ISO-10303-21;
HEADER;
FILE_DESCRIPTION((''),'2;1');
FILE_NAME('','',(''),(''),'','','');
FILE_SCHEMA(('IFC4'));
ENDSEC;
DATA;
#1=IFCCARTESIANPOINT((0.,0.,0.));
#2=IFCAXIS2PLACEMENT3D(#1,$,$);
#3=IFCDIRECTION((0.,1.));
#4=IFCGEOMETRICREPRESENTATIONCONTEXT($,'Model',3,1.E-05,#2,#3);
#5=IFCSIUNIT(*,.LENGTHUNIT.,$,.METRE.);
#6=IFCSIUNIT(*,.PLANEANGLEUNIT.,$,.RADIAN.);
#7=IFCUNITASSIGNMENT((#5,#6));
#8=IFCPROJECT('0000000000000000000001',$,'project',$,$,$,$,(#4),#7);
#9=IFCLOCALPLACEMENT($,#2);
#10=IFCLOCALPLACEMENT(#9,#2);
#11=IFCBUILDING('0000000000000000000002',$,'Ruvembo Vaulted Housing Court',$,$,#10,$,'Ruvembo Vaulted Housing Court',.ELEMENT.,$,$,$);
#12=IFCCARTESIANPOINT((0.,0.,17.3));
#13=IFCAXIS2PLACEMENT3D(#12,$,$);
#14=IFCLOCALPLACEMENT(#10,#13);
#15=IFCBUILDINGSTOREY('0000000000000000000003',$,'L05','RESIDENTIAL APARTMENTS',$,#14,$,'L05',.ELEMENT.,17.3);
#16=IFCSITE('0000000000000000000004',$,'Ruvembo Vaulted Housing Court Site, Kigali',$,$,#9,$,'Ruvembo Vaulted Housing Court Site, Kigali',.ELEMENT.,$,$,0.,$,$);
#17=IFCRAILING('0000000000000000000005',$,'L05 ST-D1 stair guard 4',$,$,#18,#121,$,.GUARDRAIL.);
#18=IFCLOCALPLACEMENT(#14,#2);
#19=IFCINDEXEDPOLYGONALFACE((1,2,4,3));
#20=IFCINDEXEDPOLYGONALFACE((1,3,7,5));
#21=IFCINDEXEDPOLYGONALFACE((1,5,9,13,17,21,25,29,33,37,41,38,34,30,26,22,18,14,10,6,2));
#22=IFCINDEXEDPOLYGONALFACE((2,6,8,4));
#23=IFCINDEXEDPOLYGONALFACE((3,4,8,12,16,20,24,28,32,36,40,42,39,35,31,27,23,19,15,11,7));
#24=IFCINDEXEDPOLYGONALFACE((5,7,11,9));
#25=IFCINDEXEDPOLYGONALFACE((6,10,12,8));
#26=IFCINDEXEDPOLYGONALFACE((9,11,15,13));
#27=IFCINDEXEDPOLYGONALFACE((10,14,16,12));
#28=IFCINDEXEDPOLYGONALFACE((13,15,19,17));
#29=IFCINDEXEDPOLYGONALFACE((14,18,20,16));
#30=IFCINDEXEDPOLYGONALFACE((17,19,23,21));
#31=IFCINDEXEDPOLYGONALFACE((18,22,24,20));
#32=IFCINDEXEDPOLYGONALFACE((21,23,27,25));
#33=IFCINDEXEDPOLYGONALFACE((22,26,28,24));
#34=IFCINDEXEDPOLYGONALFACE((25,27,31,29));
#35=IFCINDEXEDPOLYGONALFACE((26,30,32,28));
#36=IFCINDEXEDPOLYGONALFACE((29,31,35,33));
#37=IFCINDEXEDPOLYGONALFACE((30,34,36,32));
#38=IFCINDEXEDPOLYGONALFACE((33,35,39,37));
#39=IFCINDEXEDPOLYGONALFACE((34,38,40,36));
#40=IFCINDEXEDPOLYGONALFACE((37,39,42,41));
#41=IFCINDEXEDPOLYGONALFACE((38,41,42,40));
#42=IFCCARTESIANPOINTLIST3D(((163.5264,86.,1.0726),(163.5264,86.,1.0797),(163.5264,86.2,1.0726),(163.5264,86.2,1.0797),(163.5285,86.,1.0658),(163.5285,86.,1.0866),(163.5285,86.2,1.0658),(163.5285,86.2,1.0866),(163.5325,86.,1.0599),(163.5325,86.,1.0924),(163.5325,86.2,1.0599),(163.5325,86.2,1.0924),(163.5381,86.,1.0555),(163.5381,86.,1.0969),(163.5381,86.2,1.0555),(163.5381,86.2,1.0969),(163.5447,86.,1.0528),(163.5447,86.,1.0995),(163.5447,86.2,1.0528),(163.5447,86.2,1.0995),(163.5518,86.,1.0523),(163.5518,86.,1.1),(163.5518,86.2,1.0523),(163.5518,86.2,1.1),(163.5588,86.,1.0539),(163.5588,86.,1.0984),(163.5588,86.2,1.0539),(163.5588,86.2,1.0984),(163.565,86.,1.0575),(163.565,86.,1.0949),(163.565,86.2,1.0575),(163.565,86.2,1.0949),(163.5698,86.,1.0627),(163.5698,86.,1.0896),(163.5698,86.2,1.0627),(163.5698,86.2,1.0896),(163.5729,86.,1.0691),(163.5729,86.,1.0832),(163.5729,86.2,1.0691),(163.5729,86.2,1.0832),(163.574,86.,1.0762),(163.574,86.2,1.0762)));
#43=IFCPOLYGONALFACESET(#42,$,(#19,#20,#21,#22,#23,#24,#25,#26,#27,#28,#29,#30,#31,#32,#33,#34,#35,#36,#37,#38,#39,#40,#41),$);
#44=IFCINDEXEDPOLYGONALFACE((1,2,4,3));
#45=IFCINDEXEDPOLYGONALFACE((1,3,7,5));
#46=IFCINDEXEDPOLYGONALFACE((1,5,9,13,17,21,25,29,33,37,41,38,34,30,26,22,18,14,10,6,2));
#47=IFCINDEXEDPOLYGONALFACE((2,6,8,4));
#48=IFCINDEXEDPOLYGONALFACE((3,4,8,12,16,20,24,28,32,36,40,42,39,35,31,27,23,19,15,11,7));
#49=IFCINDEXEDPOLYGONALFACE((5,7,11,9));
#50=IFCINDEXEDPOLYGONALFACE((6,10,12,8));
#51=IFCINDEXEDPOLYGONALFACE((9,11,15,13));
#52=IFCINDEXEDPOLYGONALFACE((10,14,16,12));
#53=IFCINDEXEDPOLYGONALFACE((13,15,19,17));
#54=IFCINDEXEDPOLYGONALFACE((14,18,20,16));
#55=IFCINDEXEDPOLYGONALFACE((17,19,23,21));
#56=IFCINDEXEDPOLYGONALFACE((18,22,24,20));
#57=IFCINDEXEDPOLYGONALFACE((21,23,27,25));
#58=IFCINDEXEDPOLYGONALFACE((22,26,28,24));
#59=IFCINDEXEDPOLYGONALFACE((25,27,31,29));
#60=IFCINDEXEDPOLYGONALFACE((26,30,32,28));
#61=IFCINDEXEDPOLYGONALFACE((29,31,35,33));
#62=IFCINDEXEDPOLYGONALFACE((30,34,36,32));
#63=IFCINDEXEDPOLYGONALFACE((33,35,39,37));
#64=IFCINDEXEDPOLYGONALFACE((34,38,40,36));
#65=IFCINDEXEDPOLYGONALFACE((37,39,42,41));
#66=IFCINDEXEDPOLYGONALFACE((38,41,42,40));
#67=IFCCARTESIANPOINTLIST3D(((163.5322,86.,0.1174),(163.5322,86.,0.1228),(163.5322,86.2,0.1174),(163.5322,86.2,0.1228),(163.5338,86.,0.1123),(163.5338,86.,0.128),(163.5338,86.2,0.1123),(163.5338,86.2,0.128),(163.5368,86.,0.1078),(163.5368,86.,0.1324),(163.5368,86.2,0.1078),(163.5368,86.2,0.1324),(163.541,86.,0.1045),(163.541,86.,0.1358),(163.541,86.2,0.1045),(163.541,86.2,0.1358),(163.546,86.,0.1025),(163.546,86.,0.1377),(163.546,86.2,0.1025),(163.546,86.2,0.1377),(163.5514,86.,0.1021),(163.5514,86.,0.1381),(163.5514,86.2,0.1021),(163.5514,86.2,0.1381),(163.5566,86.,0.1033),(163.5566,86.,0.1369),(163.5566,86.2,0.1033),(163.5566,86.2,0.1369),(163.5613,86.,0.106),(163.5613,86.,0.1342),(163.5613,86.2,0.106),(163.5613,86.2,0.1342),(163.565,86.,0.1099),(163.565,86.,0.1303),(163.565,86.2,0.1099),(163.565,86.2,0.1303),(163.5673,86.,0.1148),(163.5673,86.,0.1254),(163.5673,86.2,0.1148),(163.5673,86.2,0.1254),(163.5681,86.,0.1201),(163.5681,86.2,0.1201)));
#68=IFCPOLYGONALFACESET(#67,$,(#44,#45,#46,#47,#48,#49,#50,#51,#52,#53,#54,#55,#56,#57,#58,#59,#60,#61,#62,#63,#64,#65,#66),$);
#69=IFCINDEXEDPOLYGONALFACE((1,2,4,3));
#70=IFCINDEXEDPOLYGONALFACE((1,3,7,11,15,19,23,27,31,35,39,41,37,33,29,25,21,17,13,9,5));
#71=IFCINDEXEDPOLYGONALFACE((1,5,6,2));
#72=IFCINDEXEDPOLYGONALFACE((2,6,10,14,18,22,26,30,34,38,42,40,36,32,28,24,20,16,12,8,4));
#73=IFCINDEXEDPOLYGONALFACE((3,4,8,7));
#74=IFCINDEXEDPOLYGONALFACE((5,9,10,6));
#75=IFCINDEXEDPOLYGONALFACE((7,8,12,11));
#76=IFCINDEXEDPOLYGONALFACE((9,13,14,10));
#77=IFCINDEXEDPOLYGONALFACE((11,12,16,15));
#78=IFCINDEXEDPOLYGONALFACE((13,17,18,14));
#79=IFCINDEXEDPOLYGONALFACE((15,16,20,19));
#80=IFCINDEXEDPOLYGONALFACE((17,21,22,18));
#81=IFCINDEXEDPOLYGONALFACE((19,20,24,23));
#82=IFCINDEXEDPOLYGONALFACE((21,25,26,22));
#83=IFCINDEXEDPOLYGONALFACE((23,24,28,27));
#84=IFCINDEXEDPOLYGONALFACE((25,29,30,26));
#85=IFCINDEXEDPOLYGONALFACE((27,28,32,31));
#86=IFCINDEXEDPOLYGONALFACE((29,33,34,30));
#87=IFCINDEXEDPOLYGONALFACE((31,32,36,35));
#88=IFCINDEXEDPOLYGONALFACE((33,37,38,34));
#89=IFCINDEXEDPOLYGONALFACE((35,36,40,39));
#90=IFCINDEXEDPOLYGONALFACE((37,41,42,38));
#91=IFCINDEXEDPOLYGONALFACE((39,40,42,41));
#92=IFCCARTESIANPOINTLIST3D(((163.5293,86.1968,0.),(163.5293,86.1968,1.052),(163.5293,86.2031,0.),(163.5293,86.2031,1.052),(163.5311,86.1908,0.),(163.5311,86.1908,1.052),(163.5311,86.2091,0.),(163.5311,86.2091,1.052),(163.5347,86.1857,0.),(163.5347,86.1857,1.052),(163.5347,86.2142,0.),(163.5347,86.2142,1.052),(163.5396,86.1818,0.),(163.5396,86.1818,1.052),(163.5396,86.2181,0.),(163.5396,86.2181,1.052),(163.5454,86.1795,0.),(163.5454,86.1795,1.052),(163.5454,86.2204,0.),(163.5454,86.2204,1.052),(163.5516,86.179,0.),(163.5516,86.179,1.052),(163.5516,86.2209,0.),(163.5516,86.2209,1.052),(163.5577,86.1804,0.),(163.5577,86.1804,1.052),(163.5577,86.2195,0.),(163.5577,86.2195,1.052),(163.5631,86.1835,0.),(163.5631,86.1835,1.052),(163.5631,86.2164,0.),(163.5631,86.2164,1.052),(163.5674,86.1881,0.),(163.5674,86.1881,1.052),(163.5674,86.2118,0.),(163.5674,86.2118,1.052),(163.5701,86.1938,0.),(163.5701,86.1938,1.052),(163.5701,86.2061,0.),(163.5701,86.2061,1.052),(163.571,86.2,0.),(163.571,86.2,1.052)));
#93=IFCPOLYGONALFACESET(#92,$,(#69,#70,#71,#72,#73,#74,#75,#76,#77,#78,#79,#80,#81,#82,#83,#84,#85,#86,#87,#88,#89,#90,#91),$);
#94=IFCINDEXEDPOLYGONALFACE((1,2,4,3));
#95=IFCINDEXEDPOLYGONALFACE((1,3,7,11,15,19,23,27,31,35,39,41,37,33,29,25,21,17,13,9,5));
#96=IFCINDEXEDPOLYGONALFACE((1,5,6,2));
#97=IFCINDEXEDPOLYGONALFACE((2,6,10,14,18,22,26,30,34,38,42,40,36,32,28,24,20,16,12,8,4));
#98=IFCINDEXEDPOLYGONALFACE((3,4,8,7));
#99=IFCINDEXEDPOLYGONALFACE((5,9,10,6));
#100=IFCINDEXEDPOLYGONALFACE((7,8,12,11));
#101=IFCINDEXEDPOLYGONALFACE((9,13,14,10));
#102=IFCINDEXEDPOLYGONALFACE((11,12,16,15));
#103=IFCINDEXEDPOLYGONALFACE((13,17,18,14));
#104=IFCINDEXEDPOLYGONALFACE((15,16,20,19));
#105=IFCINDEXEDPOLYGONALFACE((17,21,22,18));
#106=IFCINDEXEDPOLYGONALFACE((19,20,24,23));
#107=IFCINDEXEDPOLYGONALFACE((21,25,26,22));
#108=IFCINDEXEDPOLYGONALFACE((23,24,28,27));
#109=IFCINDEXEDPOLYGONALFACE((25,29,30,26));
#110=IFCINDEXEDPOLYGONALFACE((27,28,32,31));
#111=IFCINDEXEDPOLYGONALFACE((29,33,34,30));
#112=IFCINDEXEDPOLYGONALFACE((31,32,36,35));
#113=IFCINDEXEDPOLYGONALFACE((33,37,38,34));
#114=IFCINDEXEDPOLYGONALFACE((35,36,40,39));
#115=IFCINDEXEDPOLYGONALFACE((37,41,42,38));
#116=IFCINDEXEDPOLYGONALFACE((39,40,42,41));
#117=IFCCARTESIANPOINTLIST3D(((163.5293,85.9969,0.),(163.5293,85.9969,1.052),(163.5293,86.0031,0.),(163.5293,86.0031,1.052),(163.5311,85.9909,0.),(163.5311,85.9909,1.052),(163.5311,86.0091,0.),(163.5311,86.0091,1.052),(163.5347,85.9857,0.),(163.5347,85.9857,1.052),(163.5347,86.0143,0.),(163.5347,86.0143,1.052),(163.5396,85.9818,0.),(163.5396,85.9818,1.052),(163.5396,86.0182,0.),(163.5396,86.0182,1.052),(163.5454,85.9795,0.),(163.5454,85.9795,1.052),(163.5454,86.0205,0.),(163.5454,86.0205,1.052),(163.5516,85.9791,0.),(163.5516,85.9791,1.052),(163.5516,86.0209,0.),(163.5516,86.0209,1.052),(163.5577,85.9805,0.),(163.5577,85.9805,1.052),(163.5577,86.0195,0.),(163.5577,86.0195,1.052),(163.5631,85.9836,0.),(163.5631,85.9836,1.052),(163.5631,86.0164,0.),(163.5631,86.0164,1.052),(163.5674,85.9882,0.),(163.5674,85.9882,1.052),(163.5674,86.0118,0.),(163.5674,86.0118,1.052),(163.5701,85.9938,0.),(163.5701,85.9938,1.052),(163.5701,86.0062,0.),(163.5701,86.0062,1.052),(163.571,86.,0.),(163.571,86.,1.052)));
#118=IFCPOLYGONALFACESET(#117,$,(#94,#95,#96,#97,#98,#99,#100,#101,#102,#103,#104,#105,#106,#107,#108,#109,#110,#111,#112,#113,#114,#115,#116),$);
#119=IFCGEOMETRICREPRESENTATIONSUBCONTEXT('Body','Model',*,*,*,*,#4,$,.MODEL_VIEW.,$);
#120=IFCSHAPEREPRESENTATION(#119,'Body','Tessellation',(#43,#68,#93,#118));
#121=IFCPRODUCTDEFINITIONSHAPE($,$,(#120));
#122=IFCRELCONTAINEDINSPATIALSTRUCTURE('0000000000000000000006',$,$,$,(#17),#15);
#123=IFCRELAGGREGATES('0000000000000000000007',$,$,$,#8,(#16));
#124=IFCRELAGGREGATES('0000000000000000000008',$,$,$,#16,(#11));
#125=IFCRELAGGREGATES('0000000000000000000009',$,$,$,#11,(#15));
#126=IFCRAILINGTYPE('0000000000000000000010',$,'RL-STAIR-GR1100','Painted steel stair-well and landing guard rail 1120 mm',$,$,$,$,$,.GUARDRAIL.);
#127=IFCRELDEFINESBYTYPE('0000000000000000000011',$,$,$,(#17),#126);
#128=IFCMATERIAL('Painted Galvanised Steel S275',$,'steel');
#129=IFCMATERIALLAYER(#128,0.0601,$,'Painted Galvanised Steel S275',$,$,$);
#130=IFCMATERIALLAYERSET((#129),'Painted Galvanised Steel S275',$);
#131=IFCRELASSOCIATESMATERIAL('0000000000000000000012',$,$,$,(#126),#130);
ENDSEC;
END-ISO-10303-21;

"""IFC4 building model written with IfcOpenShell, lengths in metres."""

from ifc_helpers import new_model, si_unit, direction, frame, origin, origin_2d, place, context, subcontext, project, spatial, circle, extrude, material, layer, layer_set, type_object, element, save


model = new_model("IFC4")

# Units and contexts
model_context = context("Model", 3, precision=1e-05, world=origin(), true_north=direction((0.0, 1.0)))
body_context = subcontext(model_context, "Body", "Model", "MODEL_VIEW")
ifc_project = project(units=[si_unit("LENGTHUNIT", "METRE"), si_unit("PLANEANGLEUNIT", "RADIAN")], contexts=[model_context])

# Site, building, storey
site_placement = place(None, origin())
site = spatial("IfcSite", under=ifc_project, at=site_placement, Name="Ruvembo Vaulted Housing Court Site, Kigali", LongName="Ruvembo Vaulted Housing Court Site, Kigali", CompositionType="ELEMENT", RefElevation=0.0)
building_placement = place(site_placement, origin())
building = spatial("IfcBuilding", under=site, at=building_placement, Name="Ruvembo Vaulted Housing Court", LongName="Ruvembo Vaulted Housing Court", CompositionType="ELEMENT")
storey_placement = place(building_placement, frame((0.0, 0.0, 17.3)))
storey = spatial("IfcBuildingStorey", under=building, at=storey_placement, Name="L05", Description="RESIDENTIAL APARTMENTS", LongName="L05", CompositionType="ELEMENT", Elevation=17.3)

# Railing
ifc_material_1 = material(Name="Painted Galvanised Steel S275", Category="steel")
ifc_layer_1 = layer(ifc_material_1, 0.0601, Name="Painted Galvanised Steel S275")
ifc_layer_set_1 = layer_set([ifc_layer_1], Name="Painted Galvanised Steel S275")
railing_type_1 = type_object("IfcRailingType", Name="RL-STAIR-GR1100", Description="Painted steel stair-well and landing guard rail 1120 mm", PredefinedType="GUARDRAIL", material=ifc_layer_set_1)
railing_1_placement = place(storey_placement, frame((163.55, 86.2, 0.0)))
element("IfcRailing", 1, at=railing_1_placement, inside=storey, type_object=railing_type_1, Name="L05 ST-D1 stair guard 4", PredefinedType="GUARDRAIL", context=body_context, shape_type="SweptSolid", body=[
    extrude(circle(Radius=0.0239, at=origin_2d()), frame((0.0, 0.0, 1.0762), z_axis=(0.0, -1.0, 0.0), x_axis=(1.0, 0.0, 0.0)), (0.0, 0.0, 1.0), 0.2),
    extrude(circle(Radius=0.0181, at=origin_2d()), frame((0.0, 0.0, 0.1201), z_axis=(0.0, -1.0, 0.0), x_axis=(1.0, 0.0, 0.0)), (0.0, 0.0, 1.0), 0.2),
    extrude(circle(Radius=0.021, at=origin_2d()), origin(), (0.0, 0.0, 1.0), 1.052),
    extrude(circle(Radius=0.021, at=origin_2d()), frame((0.0, -0.2, 0.0)), (0.0, 0.0, 1.0), 1.052),
])

save(model, "model.ifc")
